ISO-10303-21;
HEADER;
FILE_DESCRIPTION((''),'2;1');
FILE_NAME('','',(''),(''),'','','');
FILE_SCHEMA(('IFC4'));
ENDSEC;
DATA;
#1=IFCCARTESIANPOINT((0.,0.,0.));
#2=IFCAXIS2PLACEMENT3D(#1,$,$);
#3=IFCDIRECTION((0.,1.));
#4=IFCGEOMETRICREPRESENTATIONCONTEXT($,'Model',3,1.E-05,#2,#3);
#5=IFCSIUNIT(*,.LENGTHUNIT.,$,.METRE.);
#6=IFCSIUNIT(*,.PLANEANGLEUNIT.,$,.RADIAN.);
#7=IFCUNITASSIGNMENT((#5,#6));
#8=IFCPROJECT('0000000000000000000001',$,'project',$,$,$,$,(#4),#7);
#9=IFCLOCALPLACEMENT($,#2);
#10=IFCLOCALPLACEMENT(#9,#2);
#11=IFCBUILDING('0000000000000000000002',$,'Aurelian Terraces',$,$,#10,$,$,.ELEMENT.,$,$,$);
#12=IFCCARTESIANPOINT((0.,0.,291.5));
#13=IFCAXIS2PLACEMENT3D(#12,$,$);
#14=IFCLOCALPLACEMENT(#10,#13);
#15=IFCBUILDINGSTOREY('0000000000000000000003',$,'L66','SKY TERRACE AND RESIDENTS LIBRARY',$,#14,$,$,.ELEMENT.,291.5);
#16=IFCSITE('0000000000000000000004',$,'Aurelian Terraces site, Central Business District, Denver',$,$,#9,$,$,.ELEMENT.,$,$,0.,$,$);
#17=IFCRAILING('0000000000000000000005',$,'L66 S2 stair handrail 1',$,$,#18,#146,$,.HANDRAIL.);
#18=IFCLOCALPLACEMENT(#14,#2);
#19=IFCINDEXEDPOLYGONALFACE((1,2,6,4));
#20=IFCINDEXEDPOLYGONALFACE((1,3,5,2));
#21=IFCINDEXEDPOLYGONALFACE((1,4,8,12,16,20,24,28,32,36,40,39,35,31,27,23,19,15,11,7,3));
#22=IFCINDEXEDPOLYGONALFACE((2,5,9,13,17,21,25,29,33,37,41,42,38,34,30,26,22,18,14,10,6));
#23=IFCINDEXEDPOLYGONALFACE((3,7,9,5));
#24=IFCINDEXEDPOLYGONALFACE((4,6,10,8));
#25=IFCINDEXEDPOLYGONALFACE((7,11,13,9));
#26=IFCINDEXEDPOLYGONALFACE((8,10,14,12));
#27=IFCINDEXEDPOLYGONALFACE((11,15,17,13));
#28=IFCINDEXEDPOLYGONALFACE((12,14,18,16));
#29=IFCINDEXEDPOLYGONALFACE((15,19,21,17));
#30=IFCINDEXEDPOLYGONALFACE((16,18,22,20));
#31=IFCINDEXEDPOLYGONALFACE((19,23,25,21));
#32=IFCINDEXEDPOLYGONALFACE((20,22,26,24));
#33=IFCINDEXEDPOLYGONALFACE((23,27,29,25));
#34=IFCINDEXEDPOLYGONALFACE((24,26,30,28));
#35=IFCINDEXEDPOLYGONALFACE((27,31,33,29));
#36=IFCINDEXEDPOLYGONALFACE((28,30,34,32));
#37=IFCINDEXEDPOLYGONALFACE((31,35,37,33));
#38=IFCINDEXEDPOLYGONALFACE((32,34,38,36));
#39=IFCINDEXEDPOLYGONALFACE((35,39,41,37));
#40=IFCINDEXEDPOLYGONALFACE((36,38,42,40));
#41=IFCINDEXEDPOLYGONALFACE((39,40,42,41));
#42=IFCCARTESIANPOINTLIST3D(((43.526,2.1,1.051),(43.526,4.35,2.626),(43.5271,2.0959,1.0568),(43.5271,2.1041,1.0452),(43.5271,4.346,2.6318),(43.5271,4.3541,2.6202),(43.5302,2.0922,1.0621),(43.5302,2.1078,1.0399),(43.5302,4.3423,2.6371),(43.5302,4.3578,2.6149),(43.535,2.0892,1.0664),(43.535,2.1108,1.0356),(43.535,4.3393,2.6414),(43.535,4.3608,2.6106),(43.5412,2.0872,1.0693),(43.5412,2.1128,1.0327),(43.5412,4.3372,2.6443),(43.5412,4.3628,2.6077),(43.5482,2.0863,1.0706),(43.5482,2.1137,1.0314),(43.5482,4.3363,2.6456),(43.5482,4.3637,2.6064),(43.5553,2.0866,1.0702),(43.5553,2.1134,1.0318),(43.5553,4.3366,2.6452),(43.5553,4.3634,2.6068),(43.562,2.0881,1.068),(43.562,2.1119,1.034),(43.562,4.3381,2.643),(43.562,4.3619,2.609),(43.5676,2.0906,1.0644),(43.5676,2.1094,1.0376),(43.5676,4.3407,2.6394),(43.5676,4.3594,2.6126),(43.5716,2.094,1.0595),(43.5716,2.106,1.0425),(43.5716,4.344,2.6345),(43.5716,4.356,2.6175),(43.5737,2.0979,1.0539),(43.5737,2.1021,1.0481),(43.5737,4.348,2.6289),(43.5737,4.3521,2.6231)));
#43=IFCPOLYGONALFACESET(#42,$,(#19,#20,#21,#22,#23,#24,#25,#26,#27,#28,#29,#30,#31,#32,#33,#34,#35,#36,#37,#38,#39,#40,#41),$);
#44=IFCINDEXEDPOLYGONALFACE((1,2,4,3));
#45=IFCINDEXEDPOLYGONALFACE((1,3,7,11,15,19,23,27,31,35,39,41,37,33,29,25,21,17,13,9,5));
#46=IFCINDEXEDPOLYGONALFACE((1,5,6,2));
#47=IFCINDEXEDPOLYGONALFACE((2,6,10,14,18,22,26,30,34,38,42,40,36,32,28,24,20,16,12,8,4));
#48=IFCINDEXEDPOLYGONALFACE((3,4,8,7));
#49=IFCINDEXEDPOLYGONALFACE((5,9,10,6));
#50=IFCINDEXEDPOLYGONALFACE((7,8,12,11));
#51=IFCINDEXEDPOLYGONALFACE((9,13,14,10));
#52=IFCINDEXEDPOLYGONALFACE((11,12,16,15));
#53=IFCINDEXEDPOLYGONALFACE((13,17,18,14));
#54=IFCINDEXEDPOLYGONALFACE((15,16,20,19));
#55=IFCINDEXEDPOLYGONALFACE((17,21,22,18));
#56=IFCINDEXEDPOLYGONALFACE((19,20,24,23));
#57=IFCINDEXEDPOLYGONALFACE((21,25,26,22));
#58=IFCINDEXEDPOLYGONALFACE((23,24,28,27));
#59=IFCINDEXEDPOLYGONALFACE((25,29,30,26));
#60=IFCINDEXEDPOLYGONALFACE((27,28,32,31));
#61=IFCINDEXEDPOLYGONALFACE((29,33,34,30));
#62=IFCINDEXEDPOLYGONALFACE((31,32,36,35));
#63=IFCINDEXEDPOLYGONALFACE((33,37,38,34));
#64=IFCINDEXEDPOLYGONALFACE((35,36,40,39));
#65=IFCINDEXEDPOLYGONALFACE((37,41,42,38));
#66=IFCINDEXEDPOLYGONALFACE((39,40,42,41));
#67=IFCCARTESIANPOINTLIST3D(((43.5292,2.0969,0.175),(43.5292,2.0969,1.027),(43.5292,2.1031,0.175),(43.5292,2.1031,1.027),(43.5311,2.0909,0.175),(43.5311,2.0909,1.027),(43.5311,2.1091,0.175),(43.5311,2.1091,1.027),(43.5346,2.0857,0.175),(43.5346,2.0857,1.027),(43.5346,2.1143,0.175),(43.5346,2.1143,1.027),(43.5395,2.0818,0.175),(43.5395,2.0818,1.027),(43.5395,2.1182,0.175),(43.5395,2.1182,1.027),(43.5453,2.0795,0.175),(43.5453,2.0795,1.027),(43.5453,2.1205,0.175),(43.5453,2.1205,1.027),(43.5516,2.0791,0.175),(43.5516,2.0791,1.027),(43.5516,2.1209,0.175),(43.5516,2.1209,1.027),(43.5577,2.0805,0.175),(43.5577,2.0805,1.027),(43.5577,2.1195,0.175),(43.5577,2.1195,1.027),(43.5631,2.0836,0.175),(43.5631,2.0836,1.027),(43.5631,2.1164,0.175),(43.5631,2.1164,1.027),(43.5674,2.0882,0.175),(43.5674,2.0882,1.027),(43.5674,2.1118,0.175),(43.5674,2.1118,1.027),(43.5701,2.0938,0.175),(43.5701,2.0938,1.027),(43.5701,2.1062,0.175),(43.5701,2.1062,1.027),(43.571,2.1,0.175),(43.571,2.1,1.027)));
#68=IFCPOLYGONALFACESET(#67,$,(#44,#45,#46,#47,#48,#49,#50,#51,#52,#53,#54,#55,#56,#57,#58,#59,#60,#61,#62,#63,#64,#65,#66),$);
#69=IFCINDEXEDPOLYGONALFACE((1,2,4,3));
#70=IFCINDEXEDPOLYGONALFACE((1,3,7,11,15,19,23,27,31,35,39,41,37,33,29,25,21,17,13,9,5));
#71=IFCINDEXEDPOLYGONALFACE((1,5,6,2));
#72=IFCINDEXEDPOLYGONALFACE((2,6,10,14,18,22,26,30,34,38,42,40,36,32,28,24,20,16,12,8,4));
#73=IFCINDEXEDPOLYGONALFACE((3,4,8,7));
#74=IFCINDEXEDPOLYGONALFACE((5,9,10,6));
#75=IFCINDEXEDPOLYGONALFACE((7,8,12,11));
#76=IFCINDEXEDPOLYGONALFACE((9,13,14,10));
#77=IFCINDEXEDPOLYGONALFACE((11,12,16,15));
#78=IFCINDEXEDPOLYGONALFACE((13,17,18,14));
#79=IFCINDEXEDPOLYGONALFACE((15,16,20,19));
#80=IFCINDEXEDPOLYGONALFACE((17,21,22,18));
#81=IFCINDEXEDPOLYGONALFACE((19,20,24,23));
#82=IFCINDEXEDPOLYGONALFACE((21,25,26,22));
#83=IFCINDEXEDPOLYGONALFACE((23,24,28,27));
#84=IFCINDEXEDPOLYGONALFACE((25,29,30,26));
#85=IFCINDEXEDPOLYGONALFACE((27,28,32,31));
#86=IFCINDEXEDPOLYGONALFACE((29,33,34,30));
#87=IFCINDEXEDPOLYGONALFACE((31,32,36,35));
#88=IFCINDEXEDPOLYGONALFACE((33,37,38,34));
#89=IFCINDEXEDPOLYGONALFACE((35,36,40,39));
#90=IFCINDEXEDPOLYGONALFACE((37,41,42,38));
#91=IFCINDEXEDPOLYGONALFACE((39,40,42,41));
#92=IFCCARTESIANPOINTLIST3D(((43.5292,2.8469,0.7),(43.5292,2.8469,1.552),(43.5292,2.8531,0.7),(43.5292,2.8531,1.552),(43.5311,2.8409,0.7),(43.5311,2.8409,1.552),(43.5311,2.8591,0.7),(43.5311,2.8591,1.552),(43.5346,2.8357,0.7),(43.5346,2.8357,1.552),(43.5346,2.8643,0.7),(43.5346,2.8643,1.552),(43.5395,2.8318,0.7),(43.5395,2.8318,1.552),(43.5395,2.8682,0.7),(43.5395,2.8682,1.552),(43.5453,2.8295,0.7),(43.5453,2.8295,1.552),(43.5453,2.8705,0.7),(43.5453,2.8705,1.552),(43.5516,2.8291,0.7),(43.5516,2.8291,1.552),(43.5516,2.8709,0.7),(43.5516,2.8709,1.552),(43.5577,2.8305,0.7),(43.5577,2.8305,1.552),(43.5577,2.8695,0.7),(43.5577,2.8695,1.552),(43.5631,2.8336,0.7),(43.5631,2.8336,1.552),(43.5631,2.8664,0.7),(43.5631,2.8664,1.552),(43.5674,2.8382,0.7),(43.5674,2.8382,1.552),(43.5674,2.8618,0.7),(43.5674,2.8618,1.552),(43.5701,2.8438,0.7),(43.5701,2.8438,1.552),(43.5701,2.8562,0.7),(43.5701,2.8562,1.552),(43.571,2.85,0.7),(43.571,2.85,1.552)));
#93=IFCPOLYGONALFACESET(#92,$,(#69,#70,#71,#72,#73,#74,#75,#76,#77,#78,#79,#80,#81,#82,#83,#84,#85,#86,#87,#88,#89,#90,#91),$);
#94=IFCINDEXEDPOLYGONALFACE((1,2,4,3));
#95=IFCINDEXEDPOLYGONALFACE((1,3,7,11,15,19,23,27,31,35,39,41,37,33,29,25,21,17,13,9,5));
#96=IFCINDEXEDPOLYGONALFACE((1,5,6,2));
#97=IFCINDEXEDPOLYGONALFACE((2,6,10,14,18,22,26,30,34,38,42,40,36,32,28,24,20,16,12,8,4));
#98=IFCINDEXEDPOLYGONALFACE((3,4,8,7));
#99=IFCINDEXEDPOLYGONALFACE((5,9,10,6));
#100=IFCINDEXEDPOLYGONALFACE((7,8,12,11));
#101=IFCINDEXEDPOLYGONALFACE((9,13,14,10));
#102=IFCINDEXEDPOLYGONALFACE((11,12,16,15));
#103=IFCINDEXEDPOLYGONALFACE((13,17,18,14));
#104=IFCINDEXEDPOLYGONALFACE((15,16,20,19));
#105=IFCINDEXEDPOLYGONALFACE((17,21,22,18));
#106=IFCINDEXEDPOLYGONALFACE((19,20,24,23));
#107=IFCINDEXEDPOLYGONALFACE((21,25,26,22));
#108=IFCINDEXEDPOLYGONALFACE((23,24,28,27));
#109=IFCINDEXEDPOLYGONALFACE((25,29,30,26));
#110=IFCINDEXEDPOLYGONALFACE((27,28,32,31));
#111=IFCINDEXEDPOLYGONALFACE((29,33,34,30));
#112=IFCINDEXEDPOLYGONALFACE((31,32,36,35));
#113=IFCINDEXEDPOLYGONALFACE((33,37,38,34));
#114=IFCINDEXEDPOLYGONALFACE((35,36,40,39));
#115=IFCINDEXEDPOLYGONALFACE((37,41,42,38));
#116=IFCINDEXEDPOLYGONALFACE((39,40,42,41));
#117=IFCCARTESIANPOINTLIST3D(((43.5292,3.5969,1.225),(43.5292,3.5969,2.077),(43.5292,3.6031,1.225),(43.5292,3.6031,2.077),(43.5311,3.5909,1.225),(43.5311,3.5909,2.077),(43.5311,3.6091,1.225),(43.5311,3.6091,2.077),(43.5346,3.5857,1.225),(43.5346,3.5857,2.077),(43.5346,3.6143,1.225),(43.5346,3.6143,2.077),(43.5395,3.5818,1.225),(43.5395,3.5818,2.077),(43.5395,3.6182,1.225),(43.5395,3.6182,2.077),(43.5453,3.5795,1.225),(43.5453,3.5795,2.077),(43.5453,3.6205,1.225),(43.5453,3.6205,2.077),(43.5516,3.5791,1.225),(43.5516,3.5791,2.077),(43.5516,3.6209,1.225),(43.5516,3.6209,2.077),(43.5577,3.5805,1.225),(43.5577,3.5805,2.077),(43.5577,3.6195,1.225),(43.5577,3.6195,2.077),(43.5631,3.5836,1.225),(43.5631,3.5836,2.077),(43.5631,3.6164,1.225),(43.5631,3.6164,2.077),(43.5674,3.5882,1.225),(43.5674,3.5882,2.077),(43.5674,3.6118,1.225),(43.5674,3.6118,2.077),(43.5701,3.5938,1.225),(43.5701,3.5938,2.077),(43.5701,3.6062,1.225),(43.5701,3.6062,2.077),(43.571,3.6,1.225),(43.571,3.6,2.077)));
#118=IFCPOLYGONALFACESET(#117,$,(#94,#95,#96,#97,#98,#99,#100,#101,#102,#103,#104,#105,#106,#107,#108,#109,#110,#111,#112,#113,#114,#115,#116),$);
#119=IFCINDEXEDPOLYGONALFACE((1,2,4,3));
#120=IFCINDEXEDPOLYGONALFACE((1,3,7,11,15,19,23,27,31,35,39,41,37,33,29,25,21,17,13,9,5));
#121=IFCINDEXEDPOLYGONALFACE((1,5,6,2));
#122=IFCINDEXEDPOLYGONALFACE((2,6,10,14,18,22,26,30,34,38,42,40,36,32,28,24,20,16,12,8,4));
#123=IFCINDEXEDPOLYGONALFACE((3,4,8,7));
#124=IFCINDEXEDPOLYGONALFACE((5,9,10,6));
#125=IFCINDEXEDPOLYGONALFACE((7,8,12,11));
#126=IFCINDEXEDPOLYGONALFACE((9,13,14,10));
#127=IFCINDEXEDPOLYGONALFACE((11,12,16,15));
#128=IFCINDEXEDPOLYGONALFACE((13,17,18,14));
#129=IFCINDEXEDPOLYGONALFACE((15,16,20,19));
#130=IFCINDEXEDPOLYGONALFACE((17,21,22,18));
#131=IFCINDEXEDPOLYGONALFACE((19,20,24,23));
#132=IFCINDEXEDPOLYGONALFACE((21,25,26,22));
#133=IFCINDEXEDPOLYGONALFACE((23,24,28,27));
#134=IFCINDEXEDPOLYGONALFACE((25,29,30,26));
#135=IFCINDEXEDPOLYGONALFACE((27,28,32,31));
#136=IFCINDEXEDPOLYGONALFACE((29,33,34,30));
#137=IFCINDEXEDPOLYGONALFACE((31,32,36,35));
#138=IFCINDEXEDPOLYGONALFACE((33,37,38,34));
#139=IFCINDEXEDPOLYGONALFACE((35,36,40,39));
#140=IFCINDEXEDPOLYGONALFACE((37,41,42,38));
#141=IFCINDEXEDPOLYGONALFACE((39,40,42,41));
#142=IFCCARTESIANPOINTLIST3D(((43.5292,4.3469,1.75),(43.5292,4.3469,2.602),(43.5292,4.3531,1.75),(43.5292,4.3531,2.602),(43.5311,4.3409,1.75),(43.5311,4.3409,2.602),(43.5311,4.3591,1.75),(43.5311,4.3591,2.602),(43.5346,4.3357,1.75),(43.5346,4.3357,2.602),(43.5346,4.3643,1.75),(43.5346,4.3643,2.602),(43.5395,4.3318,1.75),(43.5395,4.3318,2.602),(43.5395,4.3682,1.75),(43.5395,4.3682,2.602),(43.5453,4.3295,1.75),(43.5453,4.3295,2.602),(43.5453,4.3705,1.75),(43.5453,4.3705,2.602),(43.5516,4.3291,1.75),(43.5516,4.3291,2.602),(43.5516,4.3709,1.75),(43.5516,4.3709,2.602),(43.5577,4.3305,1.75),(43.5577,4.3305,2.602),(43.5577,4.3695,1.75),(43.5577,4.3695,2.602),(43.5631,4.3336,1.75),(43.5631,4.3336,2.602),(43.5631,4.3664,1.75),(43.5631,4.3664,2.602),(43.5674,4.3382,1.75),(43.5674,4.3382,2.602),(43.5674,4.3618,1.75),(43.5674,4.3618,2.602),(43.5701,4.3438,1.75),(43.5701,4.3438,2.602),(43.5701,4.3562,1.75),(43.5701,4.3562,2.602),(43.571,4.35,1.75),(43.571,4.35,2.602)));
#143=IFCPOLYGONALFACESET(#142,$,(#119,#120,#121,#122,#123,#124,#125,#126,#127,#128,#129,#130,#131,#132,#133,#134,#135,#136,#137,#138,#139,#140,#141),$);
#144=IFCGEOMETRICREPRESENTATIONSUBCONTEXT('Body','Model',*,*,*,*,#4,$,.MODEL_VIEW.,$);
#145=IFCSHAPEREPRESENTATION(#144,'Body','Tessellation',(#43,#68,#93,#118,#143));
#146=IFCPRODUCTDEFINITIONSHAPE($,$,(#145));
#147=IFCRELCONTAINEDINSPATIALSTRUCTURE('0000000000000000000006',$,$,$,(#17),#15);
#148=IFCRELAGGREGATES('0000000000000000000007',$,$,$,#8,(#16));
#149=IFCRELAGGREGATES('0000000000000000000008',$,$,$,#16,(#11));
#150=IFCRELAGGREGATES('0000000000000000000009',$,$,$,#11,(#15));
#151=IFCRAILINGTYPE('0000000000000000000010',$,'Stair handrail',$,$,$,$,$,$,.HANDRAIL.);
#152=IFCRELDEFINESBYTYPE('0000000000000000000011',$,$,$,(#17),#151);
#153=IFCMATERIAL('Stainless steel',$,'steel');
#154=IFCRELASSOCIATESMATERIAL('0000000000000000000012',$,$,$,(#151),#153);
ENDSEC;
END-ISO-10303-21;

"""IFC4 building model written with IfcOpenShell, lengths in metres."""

from ifc_helpers import new_model, si_unit, direction, frame, origin, origin_2d, place, context, subcontext, project, spatial, circle, extrude, source, transform, mapped, material, type_object, element, save


model = new_model("IFC4")

# Units and contexts
model_context = context("Model", 3, precision=1e-05, world=origin(), true_north=direction((0.0, 1.0)))
body_context = subcontext(model_context, "Body", "Model", "MODEL_VIEW")
ifc_project = project(units=[si_unit("LENGTHUNIT", "METRE"), si_unit("PLANEANGLEUNIT", "RADIAN")], contexts=[model_context])

# Site, building, storey
site_placement = place(None, origin())
site = spatial("IfcSite", under=ifc_project, at=site_placement, Name="Aurelian Terraces site, Central Business District, Denver", CompositionType="ELEMENT", RefElevation=0.0)
building_placement = place(site_placement, origin())
building = spatial("IfcBuilding", under=site, at=building_placement, Name="Aurelian Terraces", CompositionType="ELEMENT")
storey_placement = place(building_placement, frame((0.0, 0.0, 291.5)))
storey = spatial("IfcBuildingStorey", under=building, at=storey_placement, Name="L66", Description="SKY TERRACE AND RESIDENTS LIBRARY", CompositionType="ELEMENT", Elevation=291.5)

# Railing
ifc_material_1 = material(Name="Stainless steel", Category="steel")
railing_type_1 = type_object("IfcRailingType", Name="Stair handrail", PredefinedType="HANDRAIL", material=ifc_material_1)
shared_shape_1 = source(origin(), body_context, "Body", "SweptSolid", [
    extrude(circle(Radius=0.024, at=origin_2d()), frame((0.0, 0.0, 0.876), z_axis=(0.0, 0.819232, 0.573462), x_axis=(-1.0, 0.0, 0.0)), (0.0, 0.0, 1.0), 2.7465),
    extrude(circle(Radius=0.021, at=origin_2d()), origin(), (0.0, 0.0, 1.0), 0.852),
    extrude(circle(Radius=0.021, at=origin_2d()), frame((0.0, 0.75, 0.525)), (0.0, 0.0, 1.0), 0.852),
    extrude(circle(Radius=0.021, at=origin_2d()), frame((0.0, 1.5, 1.05)), (0.0, 0.0, 1.0), 0.852),
    extrude(circle(Radius=0.021, at=origin_2d()), frame((0.0, 2.25, 1.575)), (0.0, 0.0, 1.0), 0.852),
])
railing_1_placement = place(storey_placement, frame((43.55, 2.1, 0.175)))
element("IfcRailing", 1, at=railing_1_placement, inside=storey, type_object=railing_type_1, Name="L66 S2 stair handrail 1", PredefinedType="HANDRAIL", context=body_context, shape_type="MappedRepresentation", body=[
    mapped(shared_shape_1, transform((0.0, 0.0, 0.0), scale=1.0)),
])

save(model, "model.ifc")
